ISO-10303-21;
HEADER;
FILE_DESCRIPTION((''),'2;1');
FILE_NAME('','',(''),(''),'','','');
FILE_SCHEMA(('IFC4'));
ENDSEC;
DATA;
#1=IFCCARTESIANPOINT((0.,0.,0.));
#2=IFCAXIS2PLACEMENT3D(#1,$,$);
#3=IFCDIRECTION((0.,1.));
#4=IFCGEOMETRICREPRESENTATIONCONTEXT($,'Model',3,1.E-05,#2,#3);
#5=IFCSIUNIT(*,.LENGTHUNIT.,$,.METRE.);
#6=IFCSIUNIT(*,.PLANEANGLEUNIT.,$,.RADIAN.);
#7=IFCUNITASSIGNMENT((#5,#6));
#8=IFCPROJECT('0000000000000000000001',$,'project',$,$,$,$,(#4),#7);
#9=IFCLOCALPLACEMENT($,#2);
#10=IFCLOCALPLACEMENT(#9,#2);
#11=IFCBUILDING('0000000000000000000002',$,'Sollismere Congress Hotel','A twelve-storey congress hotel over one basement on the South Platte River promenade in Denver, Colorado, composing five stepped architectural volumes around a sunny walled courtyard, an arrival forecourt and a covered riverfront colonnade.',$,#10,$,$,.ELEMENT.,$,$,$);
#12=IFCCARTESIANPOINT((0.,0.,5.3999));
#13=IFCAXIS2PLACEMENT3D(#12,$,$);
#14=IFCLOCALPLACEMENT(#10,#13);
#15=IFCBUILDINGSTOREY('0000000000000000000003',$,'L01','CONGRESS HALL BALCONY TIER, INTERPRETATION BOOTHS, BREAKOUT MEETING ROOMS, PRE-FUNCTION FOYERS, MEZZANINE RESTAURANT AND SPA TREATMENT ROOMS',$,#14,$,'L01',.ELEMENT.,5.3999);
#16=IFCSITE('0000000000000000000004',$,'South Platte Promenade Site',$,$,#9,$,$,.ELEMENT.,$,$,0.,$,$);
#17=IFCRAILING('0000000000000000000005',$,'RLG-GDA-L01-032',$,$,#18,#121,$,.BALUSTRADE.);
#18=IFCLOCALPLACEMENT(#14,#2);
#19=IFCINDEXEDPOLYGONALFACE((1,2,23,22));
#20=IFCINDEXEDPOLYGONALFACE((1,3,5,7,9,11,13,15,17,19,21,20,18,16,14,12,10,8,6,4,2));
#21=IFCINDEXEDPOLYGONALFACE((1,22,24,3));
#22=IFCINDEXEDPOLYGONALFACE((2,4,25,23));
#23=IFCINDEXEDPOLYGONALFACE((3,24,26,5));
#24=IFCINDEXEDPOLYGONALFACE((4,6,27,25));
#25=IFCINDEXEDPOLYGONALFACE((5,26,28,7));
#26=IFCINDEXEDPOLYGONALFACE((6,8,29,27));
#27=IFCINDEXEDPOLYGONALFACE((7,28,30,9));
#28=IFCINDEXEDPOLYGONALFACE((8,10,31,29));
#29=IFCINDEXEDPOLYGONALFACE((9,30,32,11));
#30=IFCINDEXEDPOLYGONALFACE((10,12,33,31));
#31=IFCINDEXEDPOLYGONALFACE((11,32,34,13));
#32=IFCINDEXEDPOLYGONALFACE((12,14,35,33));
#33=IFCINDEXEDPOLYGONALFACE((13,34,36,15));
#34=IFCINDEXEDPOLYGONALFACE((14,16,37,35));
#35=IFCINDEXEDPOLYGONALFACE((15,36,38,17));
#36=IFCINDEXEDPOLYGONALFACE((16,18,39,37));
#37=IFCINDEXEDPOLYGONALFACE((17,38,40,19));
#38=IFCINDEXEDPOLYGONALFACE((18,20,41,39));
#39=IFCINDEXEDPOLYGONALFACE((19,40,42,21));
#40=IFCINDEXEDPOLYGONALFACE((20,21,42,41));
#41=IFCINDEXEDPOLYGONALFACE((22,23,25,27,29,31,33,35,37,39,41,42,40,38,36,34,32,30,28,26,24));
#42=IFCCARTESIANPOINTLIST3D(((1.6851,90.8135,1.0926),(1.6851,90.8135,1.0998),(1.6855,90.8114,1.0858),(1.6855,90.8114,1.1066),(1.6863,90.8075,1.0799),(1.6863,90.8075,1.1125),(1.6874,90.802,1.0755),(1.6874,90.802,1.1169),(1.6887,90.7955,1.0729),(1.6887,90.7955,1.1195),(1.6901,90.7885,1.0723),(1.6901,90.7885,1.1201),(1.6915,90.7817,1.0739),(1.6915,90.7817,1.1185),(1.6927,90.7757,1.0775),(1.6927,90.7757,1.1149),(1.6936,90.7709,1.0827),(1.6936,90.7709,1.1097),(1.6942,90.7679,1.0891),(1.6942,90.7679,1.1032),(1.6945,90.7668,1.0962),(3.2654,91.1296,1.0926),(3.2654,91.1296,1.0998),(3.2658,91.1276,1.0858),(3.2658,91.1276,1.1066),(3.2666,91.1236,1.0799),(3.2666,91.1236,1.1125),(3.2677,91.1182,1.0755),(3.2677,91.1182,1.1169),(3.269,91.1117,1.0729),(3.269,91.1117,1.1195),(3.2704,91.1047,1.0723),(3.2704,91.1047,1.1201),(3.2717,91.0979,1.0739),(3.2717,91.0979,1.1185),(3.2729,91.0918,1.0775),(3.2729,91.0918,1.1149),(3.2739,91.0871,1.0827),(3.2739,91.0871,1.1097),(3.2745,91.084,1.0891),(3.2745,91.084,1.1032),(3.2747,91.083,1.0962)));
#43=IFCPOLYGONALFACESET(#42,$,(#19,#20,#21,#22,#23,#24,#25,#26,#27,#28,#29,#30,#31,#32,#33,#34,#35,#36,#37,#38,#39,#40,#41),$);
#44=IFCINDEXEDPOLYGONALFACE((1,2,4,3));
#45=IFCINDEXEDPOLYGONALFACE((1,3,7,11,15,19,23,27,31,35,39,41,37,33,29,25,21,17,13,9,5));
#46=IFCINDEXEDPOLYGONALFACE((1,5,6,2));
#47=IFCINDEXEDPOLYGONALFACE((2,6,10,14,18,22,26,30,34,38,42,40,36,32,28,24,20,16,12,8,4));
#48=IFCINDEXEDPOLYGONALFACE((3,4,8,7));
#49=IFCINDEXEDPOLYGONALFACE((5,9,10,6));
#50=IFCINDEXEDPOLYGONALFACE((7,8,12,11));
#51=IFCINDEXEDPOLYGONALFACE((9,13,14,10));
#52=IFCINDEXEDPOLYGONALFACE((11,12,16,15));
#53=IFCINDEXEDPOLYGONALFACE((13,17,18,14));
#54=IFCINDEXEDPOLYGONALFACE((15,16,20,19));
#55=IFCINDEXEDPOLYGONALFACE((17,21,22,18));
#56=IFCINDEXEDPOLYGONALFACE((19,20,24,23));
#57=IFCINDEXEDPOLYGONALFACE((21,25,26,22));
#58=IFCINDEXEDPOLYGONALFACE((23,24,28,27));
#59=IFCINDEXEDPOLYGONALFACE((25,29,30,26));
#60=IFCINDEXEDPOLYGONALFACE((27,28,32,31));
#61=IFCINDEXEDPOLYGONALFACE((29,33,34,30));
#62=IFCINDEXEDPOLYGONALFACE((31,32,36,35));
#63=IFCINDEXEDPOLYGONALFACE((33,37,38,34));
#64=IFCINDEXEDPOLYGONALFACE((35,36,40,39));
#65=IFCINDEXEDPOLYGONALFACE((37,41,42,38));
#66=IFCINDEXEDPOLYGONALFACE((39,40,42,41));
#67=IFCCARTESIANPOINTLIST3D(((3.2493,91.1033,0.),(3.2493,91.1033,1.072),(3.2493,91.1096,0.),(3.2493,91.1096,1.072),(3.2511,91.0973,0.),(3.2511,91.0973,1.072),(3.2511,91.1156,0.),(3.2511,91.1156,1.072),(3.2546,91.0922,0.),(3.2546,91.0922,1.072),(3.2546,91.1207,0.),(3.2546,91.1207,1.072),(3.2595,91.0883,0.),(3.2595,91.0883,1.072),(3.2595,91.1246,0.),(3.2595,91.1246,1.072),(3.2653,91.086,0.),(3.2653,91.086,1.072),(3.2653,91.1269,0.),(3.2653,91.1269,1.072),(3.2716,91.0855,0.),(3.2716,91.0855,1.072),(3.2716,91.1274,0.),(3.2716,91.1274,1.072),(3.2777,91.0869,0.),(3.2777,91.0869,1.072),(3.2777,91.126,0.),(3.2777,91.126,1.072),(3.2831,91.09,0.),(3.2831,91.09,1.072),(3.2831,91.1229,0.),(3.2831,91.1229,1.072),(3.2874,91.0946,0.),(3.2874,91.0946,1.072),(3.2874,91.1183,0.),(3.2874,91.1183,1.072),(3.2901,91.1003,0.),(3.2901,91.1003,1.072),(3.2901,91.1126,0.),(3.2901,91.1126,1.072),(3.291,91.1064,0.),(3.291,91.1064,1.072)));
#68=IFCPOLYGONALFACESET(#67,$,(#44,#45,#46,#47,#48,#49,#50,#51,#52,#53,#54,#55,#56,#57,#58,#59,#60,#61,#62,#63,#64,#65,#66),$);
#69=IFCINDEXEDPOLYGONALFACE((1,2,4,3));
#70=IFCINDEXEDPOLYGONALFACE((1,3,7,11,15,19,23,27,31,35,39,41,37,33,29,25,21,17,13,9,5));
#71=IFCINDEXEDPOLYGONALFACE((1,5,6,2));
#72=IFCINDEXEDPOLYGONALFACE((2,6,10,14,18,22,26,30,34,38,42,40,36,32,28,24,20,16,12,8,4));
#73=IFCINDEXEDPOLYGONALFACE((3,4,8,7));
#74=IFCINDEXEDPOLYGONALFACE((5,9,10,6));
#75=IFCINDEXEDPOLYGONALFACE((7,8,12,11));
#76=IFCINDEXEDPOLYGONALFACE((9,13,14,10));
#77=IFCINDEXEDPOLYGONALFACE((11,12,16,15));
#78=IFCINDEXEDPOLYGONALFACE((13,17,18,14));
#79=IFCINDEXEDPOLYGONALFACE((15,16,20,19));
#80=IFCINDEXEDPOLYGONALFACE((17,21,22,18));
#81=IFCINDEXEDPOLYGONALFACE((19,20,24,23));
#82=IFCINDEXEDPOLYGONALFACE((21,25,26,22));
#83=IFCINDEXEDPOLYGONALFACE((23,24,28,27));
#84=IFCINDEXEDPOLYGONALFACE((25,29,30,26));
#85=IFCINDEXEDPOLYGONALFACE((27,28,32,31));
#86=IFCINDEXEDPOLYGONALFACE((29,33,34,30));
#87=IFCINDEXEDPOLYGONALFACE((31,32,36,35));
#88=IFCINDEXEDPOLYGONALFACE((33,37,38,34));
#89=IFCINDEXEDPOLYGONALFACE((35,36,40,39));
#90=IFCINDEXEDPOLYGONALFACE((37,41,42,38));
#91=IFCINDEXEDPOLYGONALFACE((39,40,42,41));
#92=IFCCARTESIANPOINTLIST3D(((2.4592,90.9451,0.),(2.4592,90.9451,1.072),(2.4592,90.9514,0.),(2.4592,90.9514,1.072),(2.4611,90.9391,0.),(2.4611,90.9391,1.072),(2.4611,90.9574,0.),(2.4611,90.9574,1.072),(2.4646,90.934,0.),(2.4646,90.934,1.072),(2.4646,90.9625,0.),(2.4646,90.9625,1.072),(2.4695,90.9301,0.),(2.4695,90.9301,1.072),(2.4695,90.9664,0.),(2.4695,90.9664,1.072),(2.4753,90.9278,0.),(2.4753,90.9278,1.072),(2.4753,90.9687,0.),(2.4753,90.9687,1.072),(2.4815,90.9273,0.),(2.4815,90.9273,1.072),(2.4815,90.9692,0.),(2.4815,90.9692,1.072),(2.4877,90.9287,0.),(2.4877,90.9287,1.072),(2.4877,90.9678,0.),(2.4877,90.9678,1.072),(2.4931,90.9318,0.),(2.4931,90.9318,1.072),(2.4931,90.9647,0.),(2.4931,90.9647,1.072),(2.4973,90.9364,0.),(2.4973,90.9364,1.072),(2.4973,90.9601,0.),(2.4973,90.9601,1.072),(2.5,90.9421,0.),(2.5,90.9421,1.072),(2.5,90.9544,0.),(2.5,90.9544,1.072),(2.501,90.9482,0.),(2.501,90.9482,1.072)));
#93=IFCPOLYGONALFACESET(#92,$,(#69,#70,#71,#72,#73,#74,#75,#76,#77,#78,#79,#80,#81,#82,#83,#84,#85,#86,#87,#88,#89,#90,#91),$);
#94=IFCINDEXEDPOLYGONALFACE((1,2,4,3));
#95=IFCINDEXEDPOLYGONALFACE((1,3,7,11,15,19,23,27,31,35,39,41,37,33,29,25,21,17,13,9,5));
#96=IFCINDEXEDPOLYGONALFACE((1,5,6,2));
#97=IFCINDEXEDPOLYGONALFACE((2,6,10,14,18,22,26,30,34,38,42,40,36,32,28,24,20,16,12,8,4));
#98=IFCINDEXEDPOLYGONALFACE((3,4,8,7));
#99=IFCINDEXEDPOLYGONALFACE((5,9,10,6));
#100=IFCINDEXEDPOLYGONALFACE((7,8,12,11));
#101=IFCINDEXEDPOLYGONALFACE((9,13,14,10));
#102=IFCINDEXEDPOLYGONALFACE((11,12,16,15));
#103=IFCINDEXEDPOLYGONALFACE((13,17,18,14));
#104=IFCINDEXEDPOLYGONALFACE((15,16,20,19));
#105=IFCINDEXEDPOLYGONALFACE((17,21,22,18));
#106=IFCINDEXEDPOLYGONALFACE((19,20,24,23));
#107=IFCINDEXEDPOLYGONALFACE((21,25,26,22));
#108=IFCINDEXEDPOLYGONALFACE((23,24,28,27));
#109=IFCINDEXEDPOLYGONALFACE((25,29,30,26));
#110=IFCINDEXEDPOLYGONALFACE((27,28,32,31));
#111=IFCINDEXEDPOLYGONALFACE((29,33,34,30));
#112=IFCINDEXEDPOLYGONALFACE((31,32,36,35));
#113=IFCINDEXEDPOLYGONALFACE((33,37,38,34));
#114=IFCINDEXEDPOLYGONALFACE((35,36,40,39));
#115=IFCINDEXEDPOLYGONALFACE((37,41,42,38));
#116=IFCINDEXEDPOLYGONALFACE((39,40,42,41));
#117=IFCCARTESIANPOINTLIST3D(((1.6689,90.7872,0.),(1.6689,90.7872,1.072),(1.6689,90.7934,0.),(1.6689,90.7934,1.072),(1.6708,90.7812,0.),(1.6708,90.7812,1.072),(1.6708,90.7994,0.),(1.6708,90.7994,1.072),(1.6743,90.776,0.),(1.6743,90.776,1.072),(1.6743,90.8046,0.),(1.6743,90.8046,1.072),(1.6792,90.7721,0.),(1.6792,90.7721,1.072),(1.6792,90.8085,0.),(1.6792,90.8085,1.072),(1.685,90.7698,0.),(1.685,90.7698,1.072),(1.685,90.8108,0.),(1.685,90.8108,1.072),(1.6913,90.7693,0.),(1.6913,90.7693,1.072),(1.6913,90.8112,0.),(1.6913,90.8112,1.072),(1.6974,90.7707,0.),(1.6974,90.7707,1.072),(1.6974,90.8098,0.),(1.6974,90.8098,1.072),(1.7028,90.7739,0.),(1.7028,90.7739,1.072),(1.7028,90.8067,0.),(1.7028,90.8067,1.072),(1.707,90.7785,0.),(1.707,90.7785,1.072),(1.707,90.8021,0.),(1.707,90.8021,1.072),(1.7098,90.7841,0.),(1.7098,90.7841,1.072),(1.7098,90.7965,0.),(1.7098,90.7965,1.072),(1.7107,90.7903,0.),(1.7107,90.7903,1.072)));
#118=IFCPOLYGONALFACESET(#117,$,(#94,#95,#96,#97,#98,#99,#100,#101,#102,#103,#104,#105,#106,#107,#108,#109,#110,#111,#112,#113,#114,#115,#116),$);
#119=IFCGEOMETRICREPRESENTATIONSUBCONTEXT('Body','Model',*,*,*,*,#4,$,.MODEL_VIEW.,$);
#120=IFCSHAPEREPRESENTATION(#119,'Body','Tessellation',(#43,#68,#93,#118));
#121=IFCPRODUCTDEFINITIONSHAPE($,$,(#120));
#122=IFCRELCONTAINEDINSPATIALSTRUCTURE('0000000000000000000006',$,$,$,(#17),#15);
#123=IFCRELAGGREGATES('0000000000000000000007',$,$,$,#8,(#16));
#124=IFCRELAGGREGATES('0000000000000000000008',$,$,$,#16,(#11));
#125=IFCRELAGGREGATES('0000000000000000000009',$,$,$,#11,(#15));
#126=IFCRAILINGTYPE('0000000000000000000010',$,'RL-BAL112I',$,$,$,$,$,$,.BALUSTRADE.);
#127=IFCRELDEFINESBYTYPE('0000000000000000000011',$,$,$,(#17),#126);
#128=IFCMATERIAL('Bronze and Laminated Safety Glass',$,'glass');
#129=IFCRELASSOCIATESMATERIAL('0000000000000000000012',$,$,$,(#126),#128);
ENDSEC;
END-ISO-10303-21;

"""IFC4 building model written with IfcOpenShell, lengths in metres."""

from ifc_helpers import new_model, si_unit, direction, frame, origin, origin_2d, place, context, subcontext, project, spatial, circle, extrude, material, type_object, element, save


model = new_model("IFC4")

# Units and contexts
model_context = context("Model", 3, precision=1e-05, world=origin(), true_north=direction((0.0, 1.0)))
body_context = subcontext(model_context, "Body", "Model", "MODEL_VIEW")
ifc_project = project(units=[si_unit("LENGTHUNIT", "METRE"), si_unit("PLANEANGLEUNIT", "RADIAN")], contexts=[model_context])

# Site, building, storey
site_placement = place(None, origin())
site = spatial("IfcSite", under=ifc_project, at=site_placement, Name="South Platte Promenade Site", CompositionType="ELEMENT", RefElevation=0.0)
building_placement = place(site_placement, origin())
building = spatial("IfcBuilding", under=site, at=building_placement, Name="Sollismere Congress Hotel", Description="A twelve-storey congress hotel over one basement on the South Platte River promenade in Denver, Colorado, composing five stepped architectural volumes around a sunny walled courtyard, an arrival forecourt and a covered riverfront colonnade.", CompositionType="ELEMENT")
storey_placement = place(building_placement, frame((0.0, 0.0, 5.3999)))
storey = spatial("IfcBuildingStorey", under=building, at=storey_placement, Name="L01", Description="CONGRESS HALL BALCONY TIER, INTERPRETATION BOOTHS, BREAKOUT MEETING ROOMS, PRE-FUNCTION FOYERS, MEZZANINE RESTAURANT AND SPA TREATMENT ROOMS", LongName="L01", CompositionType="ELEMENT", Elevation=5.3999)

# Railing
ifc_material_1 = material(Name="Bronze and Laminated Safety Glass", Category="glass")
railing_type = type_object("IfcRailingType", Name="RL-BAL112I", PredefinedType="BALUSTRADE", material=ifc_material_1)
railing_1_placement = place(storey_placement, frame((3.27, 91.1064, 0.0)))
element("IfcRailing", 1, at=railing_1_placement, inside=storey, type_object=railing_type, Name="RLG-GDA-L01-032", PredefinedType="BALUSTRADE", context=body_context, shape_type="SweptSolid", body=[
    extrude(circle(Radius=0.0239, at=origin_2d()), frame((0.0, 0.0, 1.0962), z_axis=(-0.980569, -0.196174, 0.0), x_axis=(0.196174, -0.980569, 0.0)), (0.0, 0.0, 1.0), 1.6116),
    extrude(circle(Radius=0.021, at=origin_2d()), origin(), (0.0, 0.0, 1.0), 1.072),
    extrude(circle(Radius=0.021, at=origin_2d()), frame((-0.79, -0.1582, 0.0)), (0.0, 0.0, 1.0), 1.072),
    extrude(circle(Radius=0.021, at=origin_2d()), frame((-1.5803, -0.3162, 0.0)), (0.0, 0.0, 1.0), 1.072),
])

save(model, "model.ifc")
